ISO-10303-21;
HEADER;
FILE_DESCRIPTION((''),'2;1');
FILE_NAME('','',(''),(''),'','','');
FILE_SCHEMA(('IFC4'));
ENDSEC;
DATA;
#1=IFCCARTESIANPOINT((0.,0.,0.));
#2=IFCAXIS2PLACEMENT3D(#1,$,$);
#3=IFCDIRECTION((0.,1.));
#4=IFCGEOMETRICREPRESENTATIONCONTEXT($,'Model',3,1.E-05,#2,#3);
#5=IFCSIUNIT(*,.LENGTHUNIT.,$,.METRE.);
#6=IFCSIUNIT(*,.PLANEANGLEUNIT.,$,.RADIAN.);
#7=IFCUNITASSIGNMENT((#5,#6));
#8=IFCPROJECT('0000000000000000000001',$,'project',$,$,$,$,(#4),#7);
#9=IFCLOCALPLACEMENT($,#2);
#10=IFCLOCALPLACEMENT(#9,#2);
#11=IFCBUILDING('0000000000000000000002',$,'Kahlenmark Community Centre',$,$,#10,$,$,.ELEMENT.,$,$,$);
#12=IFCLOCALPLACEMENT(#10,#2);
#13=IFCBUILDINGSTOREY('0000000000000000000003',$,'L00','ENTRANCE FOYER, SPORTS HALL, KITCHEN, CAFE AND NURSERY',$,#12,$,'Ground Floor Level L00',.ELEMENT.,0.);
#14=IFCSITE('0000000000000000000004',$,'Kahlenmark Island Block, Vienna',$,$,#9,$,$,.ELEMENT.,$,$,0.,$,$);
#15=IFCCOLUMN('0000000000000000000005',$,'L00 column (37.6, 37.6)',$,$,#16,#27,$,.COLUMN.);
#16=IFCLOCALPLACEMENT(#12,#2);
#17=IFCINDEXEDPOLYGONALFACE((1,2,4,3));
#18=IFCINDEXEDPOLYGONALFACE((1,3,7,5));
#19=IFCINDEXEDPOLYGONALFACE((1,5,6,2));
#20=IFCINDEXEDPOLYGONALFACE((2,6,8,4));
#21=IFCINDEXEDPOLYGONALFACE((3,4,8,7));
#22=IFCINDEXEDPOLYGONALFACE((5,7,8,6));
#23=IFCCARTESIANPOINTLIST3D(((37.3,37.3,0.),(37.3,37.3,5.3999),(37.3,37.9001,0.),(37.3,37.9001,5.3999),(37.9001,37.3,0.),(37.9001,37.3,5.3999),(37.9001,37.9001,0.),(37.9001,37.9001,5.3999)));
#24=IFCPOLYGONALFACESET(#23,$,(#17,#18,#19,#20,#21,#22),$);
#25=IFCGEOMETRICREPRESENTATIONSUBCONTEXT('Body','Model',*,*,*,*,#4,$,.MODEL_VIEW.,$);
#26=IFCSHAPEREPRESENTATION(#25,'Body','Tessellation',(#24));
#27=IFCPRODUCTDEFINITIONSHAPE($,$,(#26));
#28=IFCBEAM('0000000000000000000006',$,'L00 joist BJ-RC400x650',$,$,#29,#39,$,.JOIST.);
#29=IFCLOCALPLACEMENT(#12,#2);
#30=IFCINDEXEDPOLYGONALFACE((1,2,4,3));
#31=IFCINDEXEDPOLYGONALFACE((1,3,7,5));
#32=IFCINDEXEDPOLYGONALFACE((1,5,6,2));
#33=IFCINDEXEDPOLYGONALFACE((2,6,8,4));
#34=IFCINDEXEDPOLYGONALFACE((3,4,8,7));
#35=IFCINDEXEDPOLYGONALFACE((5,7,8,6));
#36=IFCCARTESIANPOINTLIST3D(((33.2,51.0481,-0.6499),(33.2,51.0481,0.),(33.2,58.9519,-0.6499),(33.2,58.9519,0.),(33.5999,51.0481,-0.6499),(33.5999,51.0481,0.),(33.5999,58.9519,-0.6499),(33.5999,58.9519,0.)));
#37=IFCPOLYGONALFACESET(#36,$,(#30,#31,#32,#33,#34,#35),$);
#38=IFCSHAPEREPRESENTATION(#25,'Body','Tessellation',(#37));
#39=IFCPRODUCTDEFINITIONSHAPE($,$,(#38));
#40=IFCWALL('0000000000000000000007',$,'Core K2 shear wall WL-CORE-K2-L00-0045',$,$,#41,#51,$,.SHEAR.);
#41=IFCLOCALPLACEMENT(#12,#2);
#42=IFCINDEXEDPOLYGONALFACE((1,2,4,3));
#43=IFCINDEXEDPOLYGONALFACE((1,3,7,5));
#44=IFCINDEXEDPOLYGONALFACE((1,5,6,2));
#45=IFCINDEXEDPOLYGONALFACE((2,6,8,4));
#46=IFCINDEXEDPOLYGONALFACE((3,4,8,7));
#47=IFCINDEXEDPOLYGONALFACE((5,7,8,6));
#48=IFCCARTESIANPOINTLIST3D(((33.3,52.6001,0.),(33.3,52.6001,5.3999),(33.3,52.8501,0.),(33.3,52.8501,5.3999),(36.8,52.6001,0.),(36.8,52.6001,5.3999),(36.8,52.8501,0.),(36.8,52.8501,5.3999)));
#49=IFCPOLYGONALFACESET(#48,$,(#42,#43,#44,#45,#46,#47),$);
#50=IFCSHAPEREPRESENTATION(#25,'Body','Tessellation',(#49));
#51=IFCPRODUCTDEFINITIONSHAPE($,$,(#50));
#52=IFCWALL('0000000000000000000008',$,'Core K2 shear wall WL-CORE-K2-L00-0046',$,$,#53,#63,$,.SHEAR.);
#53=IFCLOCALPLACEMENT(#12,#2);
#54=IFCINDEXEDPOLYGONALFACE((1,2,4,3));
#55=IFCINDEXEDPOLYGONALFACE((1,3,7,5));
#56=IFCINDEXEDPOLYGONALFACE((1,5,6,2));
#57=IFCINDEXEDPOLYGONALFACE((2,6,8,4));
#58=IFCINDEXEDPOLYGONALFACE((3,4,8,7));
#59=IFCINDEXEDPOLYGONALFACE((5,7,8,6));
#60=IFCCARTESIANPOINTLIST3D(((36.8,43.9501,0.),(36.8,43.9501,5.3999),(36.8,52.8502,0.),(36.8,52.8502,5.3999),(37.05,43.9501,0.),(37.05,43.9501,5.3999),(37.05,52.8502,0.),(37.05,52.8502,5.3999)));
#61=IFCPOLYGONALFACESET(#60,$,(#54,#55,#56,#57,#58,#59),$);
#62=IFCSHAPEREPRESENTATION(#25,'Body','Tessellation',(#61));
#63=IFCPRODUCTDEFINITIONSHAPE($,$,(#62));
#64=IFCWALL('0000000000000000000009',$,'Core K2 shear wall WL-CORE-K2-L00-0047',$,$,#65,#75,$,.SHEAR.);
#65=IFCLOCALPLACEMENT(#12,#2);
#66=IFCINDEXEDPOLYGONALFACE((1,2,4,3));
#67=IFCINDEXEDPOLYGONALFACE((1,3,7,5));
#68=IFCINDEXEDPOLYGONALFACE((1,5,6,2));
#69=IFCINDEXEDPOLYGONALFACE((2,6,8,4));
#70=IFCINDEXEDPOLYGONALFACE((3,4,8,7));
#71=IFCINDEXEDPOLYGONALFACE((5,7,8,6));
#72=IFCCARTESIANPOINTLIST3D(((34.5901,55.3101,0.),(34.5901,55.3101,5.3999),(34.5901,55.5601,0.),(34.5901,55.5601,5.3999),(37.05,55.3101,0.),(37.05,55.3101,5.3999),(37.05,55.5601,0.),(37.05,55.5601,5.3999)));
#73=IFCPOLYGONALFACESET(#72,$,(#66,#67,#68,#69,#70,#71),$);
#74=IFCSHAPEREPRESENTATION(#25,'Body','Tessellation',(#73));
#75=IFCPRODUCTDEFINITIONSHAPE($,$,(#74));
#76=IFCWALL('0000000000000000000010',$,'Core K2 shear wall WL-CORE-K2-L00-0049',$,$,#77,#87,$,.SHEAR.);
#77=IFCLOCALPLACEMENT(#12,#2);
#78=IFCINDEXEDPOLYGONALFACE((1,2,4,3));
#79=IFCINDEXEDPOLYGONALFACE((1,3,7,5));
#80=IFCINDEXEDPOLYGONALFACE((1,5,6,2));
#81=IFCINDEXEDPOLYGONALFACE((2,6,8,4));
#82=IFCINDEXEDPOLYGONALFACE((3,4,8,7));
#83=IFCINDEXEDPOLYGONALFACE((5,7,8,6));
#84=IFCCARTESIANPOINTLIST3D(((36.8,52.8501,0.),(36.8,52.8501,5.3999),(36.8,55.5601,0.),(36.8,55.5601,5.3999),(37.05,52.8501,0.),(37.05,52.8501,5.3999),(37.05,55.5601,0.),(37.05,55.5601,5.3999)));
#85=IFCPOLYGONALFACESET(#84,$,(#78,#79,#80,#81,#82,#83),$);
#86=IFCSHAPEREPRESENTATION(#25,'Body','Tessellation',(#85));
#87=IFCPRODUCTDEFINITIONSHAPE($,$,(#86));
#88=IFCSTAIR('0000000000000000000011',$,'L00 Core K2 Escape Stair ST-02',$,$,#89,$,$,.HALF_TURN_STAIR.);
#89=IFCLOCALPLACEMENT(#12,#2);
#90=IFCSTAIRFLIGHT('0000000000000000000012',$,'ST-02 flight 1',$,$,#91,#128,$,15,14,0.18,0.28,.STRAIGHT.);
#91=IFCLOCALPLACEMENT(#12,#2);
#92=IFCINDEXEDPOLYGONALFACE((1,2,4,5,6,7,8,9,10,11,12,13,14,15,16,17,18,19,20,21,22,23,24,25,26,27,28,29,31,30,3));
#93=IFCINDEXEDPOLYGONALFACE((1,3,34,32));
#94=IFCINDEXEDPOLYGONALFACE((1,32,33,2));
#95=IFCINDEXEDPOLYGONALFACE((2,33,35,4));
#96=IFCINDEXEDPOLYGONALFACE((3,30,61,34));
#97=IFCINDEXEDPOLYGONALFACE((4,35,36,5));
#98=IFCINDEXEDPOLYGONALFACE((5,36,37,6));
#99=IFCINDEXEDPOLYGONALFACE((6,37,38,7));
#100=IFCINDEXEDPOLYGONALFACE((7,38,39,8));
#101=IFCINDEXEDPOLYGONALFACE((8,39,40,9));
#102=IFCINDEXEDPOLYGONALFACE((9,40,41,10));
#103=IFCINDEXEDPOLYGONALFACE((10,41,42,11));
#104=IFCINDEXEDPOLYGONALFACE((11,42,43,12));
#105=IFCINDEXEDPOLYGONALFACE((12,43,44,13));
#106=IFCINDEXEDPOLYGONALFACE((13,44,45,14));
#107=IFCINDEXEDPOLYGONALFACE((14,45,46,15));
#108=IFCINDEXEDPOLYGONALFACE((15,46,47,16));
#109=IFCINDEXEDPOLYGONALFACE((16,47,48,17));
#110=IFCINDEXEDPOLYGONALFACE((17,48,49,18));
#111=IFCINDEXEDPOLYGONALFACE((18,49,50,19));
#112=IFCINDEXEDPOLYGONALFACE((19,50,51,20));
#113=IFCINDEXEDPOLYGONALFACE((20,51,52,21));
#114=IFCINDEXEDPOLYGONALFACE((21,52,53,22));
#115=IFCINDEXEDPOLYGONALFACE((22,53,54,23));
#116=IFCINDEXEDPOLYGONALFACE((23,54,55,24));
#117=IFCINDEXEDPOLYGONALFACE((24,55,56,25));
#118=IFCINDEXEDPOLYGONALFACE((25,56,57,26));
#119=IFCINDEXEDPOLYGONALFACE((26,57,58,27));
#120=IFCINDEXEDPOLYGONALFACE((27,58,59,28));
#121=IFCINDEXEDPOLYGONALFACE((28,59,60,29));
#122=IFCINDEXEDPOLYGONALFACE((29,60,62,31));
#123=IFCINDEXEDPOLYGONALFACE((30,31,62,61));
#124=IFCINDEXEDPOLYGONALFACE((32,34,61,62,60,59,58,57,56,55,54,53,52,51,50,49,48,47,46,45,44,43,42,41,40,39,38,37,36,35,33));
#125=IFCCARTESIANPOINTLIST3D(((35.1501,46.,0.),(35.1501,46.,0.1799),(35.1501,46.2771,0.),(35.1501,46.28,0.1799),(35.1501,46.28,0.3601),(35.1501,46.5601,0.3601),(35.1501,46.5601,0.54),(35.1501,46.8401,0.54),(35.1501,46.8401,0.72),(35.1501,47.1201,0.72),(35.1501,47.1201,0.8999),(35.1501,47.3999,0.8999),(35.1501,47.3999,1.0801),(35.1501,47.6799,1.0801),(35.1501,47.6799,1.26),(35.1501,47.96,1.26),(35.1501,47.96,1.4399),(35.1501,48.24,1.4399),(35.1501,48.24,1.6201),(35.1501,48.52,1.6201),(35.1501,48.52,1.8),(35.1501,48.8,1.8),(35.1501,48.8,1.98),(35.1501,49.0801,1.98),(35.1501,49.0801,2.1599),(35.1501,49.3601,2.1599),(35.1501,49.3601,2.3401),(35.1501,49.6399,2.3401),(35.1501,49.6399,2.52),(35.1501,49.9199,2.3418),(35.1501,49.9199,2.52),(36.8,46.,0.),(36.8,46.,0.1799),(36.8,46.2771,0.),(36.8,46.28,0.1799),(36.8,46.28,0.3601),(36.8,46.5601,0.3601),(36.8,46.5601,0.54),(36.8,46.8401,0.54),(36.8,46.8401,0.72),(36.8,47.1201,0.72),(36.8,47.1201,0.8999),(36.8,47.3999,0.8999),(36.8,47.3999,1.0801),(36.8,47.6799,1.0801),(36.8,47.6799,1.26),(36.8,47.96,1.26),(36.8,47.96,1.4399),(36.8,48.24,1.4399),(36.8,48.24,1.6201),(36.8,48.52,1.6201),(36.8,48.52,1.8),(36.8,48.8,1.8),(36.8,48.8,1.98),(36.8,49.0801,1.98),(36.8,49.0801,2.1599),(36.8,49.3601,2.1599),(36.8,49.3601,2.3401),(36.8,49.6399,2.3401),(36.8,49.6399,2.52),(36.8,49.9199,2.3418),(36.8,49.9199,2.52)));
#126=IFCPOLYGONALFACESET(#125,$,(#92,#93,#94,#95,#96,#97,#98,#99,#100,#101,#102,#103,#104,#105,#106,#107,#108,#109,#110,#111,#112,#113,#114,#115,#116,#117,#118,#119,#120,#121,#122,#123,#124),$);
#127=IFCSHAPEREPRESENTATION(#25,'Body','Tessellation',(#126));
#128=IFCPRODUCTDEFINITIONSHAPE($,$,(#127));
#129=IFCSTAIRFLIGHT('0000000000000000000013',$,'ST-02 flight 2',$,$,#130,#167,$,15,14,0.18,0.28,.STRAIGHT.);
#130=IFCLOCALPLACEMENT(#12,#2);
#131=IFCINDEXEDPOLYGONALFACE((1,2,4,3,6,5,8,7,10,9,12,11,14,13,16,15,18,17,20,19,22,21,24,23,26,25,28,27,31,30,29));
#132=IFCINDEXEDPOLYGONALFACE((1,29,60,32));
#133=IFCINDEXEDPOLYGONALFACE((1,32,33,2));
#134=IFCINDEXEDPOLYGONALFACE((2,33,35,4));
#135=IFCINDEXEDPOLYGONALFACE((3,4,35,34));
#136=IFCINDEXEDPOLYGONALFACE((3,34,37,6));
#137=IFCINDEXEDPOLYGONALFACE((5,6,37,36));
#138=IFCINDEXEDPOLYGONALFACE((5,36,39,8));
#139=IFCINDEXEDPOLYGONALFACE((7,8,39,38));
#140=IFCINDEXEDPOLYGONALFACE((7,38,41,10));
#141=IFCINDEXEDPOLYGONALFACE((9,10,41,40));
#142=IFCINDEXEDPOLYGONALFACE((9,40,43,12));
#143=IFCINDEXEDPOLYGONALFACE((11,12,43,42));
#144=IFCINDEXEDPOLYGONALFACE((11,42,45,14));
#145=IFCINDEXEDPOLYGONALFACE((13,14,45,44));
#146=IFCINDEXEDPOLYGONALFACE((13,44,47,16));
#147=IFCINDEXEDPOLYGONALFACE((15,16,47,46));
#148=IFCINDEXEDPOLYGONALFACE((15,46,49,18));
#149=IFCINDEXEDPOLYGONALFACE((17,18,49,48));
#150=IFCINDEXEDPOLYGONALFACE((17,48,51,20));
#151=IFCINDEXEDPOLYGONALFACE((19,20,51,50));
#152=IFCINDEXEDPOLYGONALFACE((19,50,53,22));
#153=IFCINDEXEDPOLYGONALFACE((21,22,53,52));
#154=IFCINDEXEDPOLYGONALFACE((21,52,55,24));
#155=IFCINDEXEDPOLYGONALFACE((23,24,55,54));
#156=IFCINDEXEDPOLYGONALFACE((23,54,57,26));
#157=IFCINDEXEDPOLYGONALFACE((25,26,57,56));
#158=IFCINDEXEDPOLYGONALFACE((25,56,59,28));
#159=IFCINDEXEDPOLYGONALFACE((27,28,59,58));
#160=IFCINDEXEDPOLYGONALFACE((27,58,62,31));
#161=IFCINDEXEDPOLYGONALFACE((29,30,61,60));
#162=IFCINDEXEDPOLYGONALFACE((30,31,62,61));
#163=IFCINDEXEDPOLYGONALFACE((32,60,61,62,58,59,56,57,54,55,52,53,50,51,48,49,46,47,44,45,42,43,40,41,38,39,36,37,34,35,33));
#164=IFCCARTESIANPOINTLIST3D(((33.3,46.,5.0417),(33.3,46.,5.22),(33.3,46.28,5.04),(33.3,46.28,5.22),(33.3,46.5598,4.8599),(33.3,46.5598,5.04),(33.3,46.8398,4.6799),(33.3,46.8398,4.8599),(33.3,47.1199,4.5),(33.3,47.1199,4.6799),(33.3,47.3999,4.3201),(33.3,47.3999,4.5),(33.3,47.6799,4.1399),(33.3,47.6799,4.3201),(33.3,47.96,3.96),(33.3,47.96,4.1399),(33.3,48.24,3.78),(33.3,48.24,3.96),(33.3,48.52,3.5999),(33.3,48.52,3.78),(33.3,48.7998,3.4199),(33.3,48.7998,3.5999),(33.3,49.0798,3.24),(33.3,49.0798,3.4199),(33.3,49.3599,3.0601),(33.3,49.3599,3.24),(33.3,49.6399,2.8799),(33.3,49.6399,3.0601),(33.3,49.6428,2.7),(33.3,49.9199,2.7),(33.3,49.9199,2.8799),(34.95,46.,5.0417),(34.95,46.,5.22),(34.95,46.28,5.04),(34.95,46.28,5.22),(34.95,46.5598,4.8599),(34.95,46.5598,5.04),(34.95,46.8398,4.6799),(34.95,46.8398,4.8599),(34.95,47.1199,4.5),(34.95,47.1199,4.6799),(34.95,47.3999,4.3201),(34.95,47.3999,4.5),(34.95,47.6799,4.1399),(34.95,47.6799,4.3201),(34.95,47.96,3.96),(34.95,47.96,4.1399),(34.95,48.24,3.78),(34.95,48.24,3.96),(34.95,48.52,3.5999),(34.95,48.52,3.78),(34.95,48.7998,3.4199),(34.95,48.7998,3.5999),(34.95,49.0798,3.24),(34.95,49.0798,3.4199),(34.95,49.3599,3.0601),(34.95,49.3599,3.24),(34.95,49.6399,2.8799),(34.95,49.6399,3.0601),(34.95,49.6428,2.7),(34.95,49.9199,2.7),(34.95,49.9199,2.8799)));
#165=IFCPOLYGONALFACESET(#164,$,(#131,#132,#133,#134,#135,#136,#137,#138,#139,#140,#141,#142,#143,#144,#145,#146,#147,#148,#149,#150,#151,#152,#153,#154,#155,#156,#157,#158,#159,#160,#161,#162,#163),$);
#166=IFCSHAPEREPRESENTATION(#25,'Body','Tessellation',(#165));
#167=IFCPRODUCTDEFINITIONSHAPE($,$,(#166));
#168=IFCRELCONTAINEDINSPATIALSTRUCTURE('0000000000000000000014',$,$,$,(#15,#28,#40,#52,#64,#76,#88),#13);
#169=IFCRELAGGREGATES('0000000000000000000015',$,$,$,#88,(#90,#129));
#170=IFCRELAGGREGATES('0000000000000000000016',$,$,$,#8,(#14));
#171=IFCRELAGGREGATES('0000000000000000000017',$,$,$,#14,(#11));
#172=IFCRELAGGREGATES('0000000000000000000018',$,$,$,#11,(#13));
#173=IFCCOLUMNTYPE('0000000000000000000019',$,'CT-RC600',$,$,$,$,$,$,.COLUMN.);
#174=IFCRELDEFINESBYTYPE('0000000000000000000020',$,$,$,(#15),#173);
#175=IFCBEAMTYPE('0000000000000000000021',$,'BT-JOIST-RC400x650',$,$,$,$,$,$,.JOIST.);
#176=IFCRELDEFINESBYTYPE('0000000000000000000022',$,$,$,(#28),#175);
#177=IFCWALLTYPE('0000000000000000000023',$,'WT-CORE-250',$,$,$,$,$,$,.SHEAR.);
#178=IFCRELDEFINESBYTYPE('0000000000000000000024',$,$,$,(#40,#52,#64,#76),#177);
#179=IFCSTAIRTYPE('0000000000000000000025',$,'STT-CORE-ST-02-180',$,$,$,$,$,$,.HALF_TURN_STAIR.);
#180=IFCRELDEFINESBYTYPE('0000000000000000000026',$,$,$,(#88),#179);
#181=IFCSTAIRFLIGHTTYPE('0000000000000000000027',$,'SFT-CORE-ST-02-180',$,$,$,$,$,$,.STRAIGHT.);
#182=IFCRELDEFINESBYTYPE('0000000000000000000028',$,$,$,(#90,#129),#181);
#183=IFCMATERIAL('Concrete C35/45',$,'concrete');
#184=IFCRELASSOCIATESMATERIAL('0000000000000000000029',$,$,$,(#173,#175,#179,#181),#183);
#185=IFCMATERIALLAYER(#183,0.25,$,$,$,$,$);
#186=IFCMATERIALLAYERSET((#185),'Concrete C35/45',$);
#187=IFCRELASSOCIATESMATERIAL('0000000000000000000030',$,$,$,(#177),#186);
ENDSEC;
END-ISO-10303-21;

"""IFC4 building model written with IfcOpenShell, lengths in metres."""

from ifc_helpers import new_model, si_unit, direction, frame, frame_2d, origin, origin_2d, place, context, subcontext, project, spatial, polyline, rectangle, outline, extrude, material, layer, layer_set, material_profile, profile_set, type_object, element, aggregate, save


model = new_model("IFC4")

# Units and contexts
model_context = context("Model", 3, precision=1e-05, world=origin(), true_north=direction((0.0, 1.0)))
body_context = subcontext(model_context, "Body", "Model", "MODEL_VIEW")
ifc_project = project(units=[si_unit("LENGTHUNIT", "METRE"), si_unit("PLANEANGLEUNIT", "RADIAN")], contexts=[model_context])

# Site, building, storey
site_placement = place(None, origin())
site = spatial("IfcSite", under=ifc_project, at=site_placement, Name="Kahlenmark Island Block, Vienna", CompositionType="ELEMENT", RefElevation=0.0)
building_placement = place(site_placement, origin())
building = spatial("IfcBuilding", under=site, at=building_placement, Name="Kahlenmark Community Centre", CompositionType="ELEMENT")
storey_placement = place(building_placement, origin())
storey = spatial("IfcBuildingStorey", under=building, at=storey_placement, Name="L00", Description="ENTRANCE FOYER, SPORTS HALL, KITCHEN, CAFE AND NURSERY", LongName="Ground Floor Level L00", CompositionType="ELEMENT", Elevation=0.0)

# Column
ifc_material_1 = material(Name="Concrete C35/45", Category="concrete")
ifc_material_profile_1 = material_profile(ifc_material_1, rectangle(XDim=0.6001, YDim=0.6001, at=origin_2d()), Name="RC 600x600")
ifc_profile_set_1 = profile_set([ifc_material_profile_1], Name="Concrete C35/45")
column_type = type_object("IfcColumnType", Name="CT-RC600", PredefinedType="COLUMN", material=ifc_profile_set_1)
column_placement = place(storey_placement, frame((37.6001, 37.6001, 0.0), z_axis=(0.0, 0.0, 1.0), x_axis=(1.0, 0.0, 0.0)))
element("IfcColumn", 1, at=column_placement, inside=storey, type_object=column_type, Name="L00 column (37.6, 37.6)", PredefinedType="COLUMN", context=body_context, shape_type="SweptSolid", body=[
    extrude(rectangle(XDim=0.6001, YDim=0.6001, at=origin_2d()), origin(), (0.0, 0.0, 1.0), 5.3999),
])

# Beam
ifc_material_profile_2 = material_profile(ifc_material_1, rectangle(XDim=0.3999, YDim=0.6499, at=origin_2d()), Name="RC 400x650")
ifc_profile_set_2 = profile_set([ifc_material_profile_2], Name="Concrete C35/45")
beam_type = type_object("IfcBeamType", Name="BT-JOIST-RC400x650", PredefinedType="JOIST", material=ifc_profile_set_2)
beam_placement = place(storey_placement, frame((33.3999, 51.0481, -0.325), z_axis=(0.0, 1.0, 0.0), x_axis=(-1.0, 0.0, 0.0)))
element("IfcBeam", 2, at=beam_placement, inside=storey, type_object=beam_type, Name="L00 joist BJ-RC400x650", PredefinedType="JOIST", context=body_context, shape_type="SweptSolid", body=[
    extrude(rectangle(XDim=0.3999, YDim=0.6499, at=origin_2d()), origin(), (0.0, 0.0, 1.0), 7.9038),
])

# Walls
ifc_layer = layer(ifc_material_1, 0.25)
ifc_layer_set = layer_set([ifc_layer], Name="Concrete C35/45")
wall_type = type_object("IfcWallType", Name="WT-CORE-250", PredefinedType="SHEAR", material=ifc_layer_set)
wall_1_placement = place(storey_placement, frame((36.8, 52.7251, 0.0), z_axis=(0.0, 0.0, 1.0), x_axis=(-1.0, 0.0, 0.0)))
element("IfcWall", 3, at=wall_1_placement, inside=storey, type_object=wall_type, Name="Core K2 shear wall WL-CORE-K2-L00-0045", PredefinedType="SHEAR", context=body_context, shape_type="SweptSolid", body=[
    extrude(rectangle(XDim=3.5, YDim=0.25, at=frame_2d((1.75, 0.0))), origin(), (0.0, 0.0, 1.0), 5.3999),
])
wall_2_placement = place(storey_placement, frame((36.925, 43.95, 0.0), z_axis=(0.0, 0.0, 1.0), x_axis=(0.0, 1.0, 0.0)))
element("IfcWall", 4, at=wall_2_placement, inside=storey, type_object=wall_type, Name="Core K2 shear wall WL-CORE-K2-L00-0046", PredefinedType="SHEAR", context=body_context, shape_type="SweptSolid", body=[
    extrude(rectangle(XDim=8.9001, YDim=0.25, at=frame_2d((4.4502, 0.0))), origin(), (0.0, 0.0, 1.0), 5.3999),
])
wall_3_placement = place(storey_placement, frame((34.5901, 55.4351, 0.0), z_axis=(0.0, 0.0, 1.0), x_axis=(1.0, 0.0, 0.0)))
element("IfcWall", 5, at=wall_3_placement, inside=storey, type_object=wall_type, Name="Core K2 shear wall WL-CORE-K2-L00-0047", PredefinedType="SHEAR", context=body_context, shape_type="SweptSolid", body=[
    extrude(rectangle(XDim=2.46, YDim=0.25, at=frame_2d((1.23, 0.0))), origin(), (0.0, 0.0, 1.0), 5.3999),
])

# Wall
wall_4_placement = place(storey_placement, frame((36.925, 52.8501, 0.0), z_axis=(0.0, 0.0, 1.0), x_axis=(0.0, 1.0, 0.0)))
element("IfcWall", 6, at=wall_4_placement, inside=storey, type_object=wall_type, Name="Core K2 shear wall WL-CORE-K2-L00-0049", PredefinedType="SHEAR", context=body_context, shape_type="SweptSolid", body=[
    extrude(rectangle(XDim=2.71, YDim=0.25, at=frame_2d((1.355, 0.0))), origin(), (0.0, 0.0, 1.0), 5.3999),
])

# Stair, stair flights
stair_type = type_object("IfcStairType", Name="STT-CORE-ST-02-180", PredefinedType="HALF_TURN_STAIR", material=ifc_material_1)
stair_placement = place(storey_placement, origin())
stair = element("IfcStair", 7, at=stair_placement, inside=storey, type_object=stair_type, Name="L00 Core K2 Escape Stair ST-02", PredefinedType="HALF_TURN_STAIR")
stair_flight_type = type_object("IfcStairFlightType", Name="SFT-CORE-ST-02-180", PredefinedType="STRAIGHT", material=ifc_material_1)
stair_flight_1_placement = place(storey_placement, frame((35.9751, 46.0, 0.0), z_axis=(0.0, 0.0, 1.0), x_axis=(0.0, 1.0, 0.0)))
stair_flight_1 = element("IfcStairFlight", 8, at=stair_flight_1_placement, type_object=stair_flight_type, Name="ST-02 flight 1", NumberOfRisers=15, NumberOfTreads=14, PredefinedType="STRAIGHT", RiserHeight=0.18, TreadLength=0.28, context=body_context, shape_type="SweptSolid", body=[
    extrude(outline(polyline([(0.0, 0.0), (0.0, 0.1799), (0.28, 0.1799), (0.28, 0.3601), (0.5601, 0.3601), (0.5601, 0.54), (0.8401, 0.54), (0.8401, 0.72), (1.1201, 0.72), (1.1201, 0.8999), (1.3999, 0.8999), (1.3999, 1.0801), (1.6799, 1.0801), (1.6799, 1.26), (1.96, 1.26), (1.96, 1.4399), (2.24, 1.4399), (2.24, 1.6201), (2.52, 1.6201), (2.52, 1.8), (2.8, 1.8), (2.8, 1.98), (3.0801, 1.98), (3.0801, 2.1599), (3.3601, 2.1599), (3.3601, 2.3401), (3.6399, 2.3401), (3.6399, 2.52), (3.9199, 2.52), (3.9199, 2.7), (3.9199, 2.3418), (0.2771, 0.0), (0.0, 0.0)])), frame((0.0, 0.825, 0.0), z_axis=(0.0, -1.0, 0.0), x_axis=(1.0, 0.0, 0.0)), (0.0, 0.0, 1.0), 1.6499),
])
stair_flight_2_placement = place(storey_placement, frame((34.125, 49.9199, 2.7), z_axis=(0.0, 0.0, 1.0), x_axis=(0.0, -1.0, 0.0)))
stair_flight_2 = element("IfcStairFlight", 9, at=stair_flight_2_placement, type_object=stair_flight_type, Name="ST-02 flight 2", NumberOfRisers=15, NumberOfTreads=14, PredefinedType="STRAIGHT", RiserHeight=0.18, TreadLength=0.28, context=body_context, shape_type="SweptSolid", body=[
    extrude(outline(polyline([(0.0, 0.0), (0.0, 0.1799), (0.28, 0.1799), (0.28, 0.3601), (0.5601, 0.3601), (0.5601, 0.54), (0.8401, 0.54), (0.8401, 0.72), (1.1201, 0.72), (1.1201, 0.8999), (1.3999, 0.8999), (1.3999, 1.0801), (1.6799, 1.0801), (1.6799, 1.26), (1.96, 1.26), (1.96, 1.4399), (2.24, 1.4399), (2.24, 1.6201), (2.52, 1.6201), (2.52, 1.8), (2.8, 1.8), (2.8, 1.98), (3.0801, 1.98), (3.0801, 2.1599), (3.3601, 2.1599), (3.3601, 2.3401), (3.6399, 2.3401), (3.6399, 2.52), (3.9199, 2.52), (3.9199, 2.7), (3.9199, 2.3418), (0.2771, 0.0), (0.0, 0.0)])), frame((0.0, 0.825, 0.0), z_axis=(0.0, -1.0, 0.0), x_axis=(1.0, 0.0, 0.0)), (0.0, 0.0, 1.0), 1.6499),
])
aggregate(stair, [stair_flight_1, stair_flight_2])

save(model, "model.ifc")
